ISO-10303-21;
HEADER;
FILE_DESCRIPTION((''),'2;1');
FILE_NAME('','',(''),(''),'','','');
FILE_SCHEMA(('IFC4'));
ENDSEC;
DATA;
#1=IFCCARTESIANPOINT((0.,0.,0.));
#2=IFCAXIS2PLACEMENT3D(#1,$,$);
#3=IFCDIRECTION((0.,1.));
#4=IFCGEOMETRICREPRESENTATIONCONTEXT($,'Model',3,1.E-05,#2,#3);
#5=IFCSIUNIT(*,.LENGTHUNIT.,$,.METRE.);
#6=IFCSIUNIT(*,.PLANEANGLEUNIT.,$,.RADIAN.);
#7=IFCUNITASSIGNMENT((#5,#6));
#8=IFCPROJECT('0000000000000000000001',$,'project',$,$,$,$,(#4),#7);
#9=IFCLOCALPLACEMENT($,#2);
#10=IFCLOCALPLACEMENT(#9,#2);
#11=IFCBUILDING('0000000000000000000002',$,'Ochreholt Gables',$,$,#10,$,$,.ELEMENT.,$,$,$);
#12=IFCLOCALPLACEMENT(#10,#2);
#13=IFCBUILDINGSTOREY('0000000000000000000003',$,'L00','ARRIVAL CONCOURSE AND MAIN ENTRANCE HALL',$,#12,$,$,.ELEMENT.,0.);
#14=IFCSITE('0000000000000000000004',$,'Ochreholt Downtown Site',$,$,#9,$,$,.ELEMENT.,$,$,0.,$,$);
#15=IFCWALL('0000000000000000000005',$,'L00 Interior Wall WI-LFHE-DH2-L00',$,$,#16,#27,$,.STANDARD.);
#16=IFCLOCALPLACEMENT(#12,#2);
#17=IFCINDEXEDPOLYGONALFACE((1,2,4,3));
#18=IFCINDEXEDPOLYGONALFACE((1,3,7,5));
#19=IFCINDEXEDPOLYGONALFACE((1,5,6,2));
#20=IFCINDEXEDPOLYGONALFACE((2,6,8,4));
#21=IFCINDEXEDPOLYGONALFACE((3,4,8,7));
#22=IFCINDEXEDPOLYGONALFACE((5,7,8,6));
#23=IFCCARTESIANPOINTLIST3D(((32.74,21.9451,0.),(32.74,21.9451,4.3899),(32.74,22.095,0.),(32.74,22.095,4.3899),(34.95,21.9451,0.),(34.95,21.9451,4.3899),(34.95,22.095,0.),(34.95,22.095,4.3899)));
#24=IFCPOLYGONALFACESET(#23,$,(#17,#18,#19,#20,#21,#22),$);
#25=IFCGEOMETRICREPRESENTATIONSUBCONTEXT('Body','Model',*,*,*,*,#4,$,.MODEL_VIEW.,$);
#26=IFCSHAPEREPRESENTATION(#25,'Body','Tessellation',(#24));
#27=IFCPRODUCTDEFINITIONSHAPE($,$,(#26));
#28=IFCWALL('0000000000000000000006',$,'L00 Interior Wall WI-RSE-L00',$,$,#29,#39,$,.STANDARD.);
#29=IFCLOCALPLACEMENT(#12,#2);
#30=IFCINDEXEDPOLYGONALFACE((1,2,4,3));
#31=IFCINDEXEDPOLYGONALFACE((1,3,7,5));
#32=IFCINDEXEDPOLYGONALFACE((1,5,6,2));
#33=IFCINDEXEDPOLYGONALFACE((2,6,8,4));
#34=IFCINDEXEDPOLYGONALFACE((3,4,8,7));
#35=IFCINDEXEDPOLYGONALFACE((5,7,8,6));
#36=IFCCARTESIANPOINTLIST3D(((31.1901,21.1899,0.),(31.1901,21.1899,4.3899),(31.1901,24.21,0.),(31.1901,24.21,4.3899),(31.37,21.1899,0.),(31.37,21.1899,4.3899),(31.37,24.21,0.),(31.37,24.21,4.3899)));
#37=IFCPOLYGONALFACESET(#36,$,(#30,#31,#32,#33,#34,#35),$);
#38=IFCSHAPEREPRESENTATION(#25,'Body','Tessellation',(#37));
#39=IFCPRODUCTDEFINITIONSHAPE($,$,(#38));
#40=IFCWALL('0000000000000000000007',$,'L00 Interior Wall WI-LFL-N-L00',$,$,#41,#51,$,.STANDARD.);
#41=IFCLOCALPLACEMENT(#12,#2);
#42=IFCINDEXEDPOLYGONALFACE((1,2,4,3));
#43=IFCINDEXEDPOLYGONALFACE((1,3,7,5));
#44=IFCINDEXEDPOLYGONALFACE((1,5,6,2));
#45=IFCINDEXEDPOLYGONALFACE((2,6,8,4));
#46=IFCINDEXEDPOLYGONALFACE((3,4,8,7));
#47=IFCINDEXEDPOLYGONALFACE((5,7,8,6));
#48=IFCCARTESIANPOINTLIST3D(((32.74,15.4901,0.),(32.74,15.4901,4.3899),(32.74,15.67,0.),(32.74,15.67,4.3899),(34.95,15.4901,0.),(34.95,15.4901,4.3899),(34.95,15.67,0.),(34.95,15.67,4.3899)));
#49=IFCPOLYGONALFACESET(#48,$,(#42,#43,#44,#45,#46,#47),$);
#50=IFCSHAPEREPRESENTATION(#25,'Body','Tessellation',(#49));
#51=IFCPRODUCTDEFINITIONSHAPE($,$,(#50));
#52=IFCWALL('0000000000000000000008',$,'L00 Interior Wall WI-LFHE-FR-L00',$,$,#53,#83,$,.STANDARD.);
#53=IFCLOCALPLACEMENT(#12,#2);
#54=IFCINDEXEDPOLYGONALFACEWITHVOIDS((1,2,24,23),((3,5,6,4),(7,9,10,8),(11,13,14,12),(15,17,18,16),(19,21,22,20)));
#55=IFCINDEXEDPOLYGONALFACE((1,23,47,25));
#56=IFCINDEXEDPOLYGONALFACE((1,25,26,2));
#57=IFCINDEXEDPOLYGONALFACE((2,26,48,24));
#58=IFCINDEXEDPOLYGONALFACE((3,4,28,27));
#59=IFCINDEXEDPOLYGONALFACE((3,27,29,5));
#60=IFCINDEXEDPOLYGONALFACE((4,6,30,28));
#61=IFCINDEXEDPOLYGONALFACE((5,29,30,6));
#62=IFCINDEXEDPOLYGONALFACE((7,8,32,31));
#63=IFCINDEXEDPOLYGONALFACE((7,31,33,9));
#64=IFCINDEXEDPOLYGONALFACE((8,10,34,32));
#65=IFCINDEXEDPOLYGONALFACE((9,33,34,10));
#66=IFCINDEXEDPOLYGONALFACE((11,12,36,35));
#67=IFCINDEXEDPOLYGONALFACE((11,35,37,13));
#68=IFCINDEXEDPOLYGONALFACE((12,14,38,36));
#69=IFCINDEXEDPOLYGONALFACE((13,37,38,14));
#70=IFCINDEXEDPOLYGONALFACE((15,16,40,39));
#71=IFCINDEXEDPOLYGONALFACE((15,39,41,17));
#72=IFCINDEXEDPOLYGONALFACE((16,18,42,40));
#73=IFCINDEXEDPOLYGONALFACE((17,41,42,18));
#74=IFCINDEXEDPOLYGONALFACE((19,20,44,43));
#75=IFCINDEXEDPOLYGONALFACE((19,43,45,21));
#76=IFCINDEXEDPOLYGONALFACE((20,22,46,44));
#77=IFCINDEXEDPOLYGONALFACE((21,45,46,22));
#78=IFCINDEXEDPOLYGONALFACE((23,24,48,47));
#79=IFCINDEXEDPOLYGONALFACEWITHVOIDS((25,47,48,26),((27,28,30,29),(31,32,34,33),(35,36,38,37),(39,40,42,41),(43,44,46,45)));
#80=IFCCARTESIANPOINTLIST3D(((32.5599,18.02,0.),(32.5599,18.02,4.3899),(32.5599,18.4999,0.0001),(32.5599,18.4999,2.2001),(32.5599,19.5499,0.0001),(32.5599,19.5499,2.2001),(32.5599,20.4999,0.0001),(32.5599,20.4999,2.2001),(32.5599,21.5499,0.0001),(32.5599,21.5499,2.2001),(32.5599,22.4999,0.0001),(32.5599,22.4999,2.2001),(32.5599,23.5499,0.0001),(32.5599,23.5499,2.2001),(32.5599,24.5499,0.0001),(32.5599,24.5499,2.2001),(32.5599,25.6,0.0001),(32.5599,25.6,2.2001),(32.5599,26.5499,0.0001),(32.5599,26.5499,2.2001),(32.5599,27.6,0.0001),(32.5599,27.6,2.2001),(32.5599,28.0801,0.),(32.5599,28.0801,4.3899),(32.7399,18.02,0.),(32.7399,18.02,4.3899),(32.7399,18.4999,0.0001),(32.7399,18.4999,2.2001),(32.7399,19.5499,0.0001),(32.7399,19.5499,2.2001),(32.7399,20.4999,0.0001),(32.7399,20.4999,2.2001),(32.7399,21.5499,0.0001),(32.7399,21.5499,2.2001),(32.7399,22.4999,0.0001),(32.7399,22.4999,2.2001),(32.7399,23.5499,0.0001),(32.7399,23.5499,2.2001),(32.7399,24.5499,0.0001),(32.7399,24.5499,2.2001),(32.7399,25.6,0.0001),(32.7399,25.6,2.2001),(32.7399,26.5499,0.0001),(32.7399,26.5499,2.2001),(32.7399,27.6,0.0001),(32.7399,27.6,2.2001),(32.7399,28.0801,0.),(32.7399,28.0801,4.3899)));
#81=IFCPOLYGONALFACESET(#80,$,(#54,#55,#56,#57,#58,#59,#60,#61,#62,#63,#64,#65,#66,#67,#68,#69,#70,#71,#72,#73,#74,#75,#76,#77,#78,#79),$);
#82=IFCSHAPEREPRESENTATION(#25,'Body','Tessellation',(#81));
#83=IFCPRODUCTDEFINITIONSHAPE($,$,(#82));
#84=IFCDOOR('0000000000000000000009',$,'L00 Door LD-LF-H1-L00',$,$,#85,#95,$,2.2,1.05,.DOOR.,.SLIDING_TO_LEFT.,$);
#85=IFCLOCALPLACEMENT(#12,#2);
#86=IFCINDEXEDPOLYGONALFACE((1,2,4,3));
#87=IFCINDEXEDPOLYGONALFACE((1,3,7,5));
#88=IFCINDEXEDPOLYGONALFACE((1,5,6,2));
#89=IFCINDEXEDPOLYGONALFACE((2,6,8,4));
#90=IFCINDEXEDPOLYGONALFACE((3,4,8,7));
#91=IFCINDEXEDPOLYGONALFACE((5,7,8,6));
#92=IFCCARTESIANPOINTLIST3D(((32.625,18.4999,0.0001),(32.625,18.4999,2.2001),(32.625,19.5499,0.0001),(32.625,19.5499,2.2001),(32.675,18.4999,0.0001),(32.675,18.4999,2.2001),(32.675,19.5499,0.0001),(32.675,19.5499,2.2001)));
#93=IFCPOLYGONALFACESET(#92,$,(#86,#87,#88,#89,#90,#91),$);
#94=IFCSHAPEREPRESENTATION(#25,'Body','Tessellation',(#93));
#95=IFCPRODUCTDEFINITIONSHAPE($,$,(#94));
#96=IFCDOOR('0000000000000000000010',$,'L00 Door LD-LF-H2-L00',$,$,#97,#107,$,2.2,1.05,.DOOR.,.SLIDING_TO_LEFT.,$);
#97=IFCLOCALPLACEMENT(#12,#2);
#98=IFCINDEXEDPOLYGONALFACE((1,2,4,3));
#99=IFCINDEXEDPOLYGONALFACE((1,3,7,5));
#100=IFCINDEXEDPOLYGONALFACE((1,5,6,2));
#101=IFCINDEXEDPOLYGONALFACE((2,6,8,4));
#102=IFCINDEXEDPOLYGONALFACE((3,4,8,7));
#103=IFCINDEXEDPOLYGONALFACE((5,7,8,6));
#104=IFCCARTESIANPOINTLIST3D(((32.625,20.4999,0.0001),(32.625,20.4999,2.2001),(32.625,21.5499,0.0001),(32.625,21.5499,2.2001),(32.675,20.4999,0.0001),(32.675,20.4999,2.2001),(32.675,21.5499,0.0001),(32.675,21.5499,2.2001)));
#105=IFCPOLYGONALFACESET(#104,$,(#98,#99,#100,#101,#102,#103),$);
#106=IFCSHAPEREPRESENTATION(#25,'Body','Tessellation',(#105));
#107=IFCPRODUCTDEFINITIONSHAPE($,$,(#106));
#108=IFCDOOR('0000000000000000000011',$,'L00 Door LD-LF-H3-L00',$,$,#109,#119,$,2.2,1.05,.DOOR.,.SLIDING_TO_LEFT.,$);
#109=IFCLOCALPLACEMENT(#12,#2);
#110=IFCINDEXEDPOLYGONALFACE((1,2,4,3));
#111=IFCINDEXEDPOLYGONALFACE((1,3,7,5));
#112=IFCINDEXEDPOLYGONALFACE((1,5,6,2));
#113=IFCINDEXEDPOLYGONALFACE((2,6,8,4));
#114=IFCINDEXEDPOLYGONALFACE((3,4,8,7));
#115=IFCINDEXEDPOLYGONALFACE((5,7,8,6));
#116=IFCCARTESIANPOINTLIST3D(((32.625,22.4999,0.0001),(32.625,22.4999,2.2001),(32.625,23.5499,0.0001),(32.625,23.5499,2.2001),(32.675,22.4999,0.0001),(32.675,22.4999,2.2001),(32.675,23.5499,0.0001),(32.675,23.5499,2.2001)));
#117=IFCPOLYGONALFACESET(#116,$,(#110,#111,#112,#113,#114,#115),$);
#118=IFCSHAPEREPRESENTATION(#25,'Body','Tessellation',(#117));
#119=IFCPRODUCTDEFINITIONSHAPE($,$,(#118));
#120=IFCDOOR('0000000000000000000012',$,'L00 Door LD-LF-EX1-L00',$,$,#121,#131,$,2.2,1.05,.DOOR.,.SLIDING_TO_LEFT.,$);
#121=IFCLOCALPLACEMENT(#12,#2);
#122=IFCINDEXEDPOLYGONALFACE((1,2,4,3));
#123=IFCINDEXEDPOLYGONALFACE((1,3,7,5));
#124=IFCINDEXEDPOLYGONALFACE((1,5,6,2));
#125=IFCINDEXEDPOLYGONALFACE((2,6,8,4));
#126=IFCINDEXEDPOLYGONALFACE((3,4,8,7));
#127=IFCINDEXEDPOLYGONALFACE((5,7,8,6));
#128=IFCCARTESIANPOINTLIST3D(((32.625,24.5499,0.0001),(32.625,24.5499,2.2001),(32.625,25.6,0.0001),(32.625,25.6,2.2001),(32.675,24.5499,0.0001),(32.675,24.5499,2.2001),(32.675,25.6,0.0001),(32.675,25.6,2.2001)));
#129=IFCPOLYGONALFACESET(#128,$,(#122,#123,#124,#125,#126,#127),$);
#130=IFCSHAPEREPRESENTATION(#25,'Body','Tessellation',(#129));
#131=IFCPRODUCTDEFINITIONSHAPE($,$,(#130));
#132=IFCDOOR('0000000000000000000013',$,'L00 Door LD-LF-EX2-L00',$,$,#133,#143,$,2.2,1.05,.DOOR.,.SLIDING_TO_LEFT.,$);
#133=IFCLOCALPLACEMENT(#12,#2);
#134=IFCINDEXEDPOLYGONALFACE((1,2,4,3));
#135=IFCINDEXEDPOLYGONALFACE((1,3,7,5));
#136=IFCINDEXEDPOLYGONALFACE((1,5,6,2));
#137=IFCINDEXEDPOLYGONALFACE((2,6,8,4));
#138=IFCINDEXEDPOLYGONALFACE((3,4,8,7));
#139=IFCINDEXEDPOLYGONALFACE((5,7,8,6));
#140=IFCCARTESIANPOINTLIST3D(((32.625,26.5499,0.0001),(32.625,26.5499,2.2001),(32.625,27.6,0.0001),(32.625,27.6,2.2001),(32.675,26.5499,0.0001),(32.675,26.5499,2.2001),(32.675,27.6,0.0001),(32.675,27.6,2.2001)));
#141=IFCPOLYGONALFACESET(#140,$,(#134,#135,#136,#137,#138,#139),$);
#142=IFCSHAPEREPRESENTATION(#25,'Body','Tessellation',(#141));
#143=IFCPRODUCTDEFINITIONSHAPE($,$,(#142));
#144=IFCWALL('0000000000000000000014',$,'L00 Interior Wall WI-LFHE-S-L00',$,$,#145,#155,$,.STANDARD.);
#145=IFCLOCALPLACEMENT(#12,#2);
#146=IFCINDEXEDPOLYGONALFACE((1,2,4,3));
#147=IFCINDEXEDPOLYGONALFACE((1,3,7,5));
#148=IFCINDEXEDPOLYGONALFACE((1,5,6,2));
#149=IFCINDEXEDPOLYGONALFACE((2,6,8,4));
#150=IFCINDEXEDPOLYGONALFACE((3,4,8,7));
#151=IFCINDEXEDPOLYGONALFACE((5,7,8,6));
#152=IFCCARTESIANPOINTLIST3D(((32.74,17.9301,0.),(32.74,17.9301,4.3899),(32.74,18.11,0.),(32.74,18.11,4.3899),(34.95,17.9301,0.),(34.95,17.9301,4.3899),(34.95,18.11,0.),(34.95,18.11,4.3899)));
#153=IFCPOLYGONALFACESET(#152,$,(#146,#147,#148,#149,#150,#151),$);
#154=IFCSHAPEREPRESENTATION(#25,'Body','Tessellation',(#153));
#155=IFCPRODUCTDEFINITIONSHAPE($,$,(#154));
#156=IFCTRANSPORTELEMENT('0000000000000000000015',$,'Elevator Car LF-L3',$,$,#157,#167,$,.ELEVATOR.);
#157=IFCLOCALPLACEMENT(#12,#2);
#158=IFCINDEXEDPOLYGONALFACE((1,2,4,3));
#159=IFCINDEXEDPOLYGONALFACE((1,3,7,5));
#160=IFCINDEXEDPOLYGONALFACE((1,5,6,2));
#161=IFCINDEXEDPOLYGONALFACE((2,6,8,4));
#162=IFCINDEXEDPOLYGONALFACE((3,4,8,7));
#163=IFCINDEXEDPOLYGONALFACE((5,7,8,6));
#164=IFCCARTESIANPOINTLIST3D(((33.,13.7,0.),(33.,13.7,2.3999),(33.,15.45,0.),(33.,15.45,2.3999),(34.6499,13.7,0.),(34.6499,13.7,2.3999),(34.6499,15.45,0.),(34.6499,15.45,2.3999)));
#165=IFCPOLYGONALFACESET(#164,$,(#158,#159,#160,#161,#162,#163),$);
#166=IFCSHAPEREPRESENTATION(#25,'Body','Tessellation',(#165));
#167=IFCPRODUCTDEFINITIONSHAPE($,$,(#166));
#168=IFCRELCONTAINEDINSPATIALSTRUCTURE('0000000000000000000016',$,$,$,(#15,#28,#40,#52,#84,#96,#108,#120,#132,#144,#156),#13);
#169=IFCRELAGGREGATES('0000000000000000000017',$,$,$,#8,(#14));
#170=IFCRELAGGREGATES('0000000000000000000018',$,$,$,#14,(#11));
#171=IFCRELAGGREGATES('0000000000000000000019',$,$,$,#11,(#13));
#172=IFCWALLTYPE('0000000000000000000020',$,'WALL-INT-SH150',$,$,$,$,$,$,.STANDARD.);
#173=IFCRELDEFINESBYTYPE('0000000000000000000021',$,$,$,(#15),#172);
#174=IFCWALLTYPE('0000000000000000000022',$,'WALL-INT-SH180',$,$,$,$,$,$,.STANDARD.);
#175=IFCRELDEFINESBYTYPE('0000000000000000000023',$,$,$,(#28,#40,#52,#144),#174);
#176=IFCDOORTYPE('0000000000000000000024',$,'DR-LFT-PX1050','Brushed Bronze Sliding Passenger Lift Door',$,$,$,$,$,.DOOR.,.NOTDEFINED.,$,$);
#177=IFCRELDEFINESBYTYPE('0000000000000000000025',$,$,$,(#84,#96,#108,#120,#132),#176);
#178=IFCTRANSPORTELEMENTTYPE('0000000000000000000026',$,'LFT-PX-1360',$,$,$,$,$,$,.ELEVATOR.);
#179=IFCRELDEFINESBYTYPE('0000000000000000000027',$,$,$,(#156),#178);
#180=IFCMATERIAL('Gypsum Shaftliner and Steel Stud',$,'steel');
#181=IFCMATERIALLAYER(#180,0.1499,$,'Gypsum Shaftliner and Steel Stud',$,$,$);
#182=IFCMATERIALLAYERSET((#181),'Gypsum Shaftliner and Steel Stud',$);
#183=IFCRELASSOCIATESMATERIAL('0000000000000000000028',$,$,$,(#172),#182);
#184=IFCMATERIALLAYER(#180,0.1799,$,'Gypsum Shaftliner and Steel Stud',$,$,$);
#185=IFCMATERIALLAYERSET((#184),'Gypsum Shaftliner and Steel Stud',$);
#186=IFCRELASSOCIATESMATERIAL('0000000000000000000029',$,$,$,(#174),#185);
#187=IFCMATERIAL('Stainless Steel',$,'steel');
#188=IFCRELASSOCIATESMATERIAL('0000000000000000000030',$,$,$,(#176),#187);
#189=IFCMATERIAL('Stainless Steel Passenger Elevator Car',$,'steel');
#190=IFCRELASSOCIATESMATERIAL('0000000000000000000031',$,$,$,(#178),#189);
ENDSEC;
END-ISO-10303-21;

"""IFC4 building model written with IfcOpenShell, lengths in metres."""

from ifc_helpers import new_model, si_unit, direction, frame, frame_2d, origin, origin_2d, place, context, subcontext, project, spatial, rectangle, extrude, material, layer, layer_set, type_object, element, fill, save


model = new_model("IFC4")

# Units and contexts
model_context = context("Model", 3, precision=1e-05, world=origin(), true_north=direction((0.0, 1.0)))
body_context = subcontext(model_context, "Body", "Model", "MODEL_VIEW")
ifc_project = project(units=[si_unit("LENGTHUNIT", "METRE"), si_unit("PLANEANGLEUNIT", "RADIAN")], contexts=[model_context])

# Site, building, storey
site_placement = place(None, origin())
site = spatial("IfcSite", under=ifc_project, at=site_placement, Name="Ochreholt Downtown Site", CompositionType="ELEMENT", RefElevation=0.0)
building_placement = place(site_placement, origin())
building = spatial("IfcBuilding", under=site, at=building_placement, Name="Ochreholt Gables", CompositionType="ELEMENT")
storey_placement = place(building_placement, origin())
storey = spatial("IfcBuildingStorey", under=building, at=storey_placement, Name="L00", Description="ARRIVAL CONCOURSE AND MAIN ENTRANCE HALL", CompositionType="ELEMENT", Elevation=0.0)

# Walls
ifc_material_1 = material(Name="Gypsum Shaftliner and Steel Stud", Category="steel")
ifc_layer_1 = layer(ifc_material_1, 0.1499, Name="Gypsum Shaftliner and Steel Stud")
ifc_layer_set_1 = layer_set([ifc_layer_1], Name="Gypsum Shaftliner and Steel Stud")
wall_type_1 = type_object("IfcWallType", Name="WALL-INT-SH150", PredefinedType="STANDARD", material=ifc_layer_set_1)
for number, where, z_axis, x_axis, name in (
    (1, (32.74, 22.02, 0.0), (0.0, 0.0, 1.0), (1.0, 0.0, 0.0), "L00 Interior Wall WI-LFHE-DH2-L00"),
):
    element("IfcWall", number, at=place(storey_placement, frame(where, z_axis=z_axis, x_axis=x_axis)), inside=storey, type_object=wall_type_1, Name=name, PredefinedType="STANDARD", context=body_context, shape_type="SweptSolid", body=[
        extrude(rectangle(XDim=2.21, YDim=0.1499, at=frame_2d((1.105, 0.0))), origin(), (0.0, 0.0, 1.0), 4.3899),
    ])
ifc_layer_2 = layer(ifc_material_1, 0.1799, Name="Gypsum Shaftliner and Steel Stud")
ifc_layer_set_2 = layer_set([ifc_layer_2], Name="Gypsum Shaftliner and Steel Stud")
wall_type_2 = type_object("IfcWallType", Name="WALL-INT-SH180", PredefinedType="STANDARD", material=ifc_layer_set_2)
wall_1_placement = place(storey_placement, frame((31.28, 21.1899, 0.0), z_axis=(0.0, 0.0, 1.0), x_axis=(0.0, 1.0, 0.0)))
element("IfcWall", 2, at=wall_1_placement, inside=storey, type_object=wall_type_2, Name="L00 Interior Wall WI-RSE-L00", PredefinedType="STANDARD", context=body_context, shape_type="SweptSolid", body=[
    extrude(rectangle(XDim=3.02, YDim=0.1799, at=frame_2d((1.51, 0.0))), origin(), (0.0, 0.0, 1.0), 4.3899),
])
wall_2_placement = place(storey_placement, frame((32.74, 15.5801, 0.0), z_axis=(0.0, 0.0, 1.0), x_axis=(1.0, 0.0, 0.0)))
element("IfcWall", 3, at=wall_2_placement, inside=storey, type_object=wall_type_2, Name="L00 Interior Wall WI-LFL-N-L00", PredefinedType="STANDARD", context=body_context, shape_type="SweptSolid", body=[
    extrude(rectangle(XDim=2.21, YDim=0.1799, at=frame_2d((1.105, 0.0))), origin(), (0.0, 0.0, 1.0), 4.3899),
])

# Wall, openings, doors
wall_3_placement = place(storey_placement, frame((32.6499, 18.02, 0.0), z_axis=(0.0, 0.0, 1.0), x_axis=(0.0, 1.0, 0.0)))
wall_3 = element("IfcWall", 4, at=wall_3_placement, inside=storey, type_object=wall_type_2, Name="L00 Interior Wall WI-LFHE-FR-L00", PredefinedType="STANDARD", context=body_context, shape_type="SweptSolid", body=[
    extrude(rectangle(XDim=10.0601, YDim=0.1799, at=frame_2d((5.03, 0.0))), origin(), (0.0, 0.0, 1.0), 4.3899),
])
opening_1_placement = place(wall_3_placement, frame((0.48, 0.0, 0.0)))
opening_1 = element("IfcOpeningElement", 5, at=opening_1_placement, cuts=wall_3, PredefinedType="OPENING", context=body_context, shape_type="SweptSolid", body=[
    extrude(rectangle(XDim=1.05, YDim=2.2, at=frame_2d((0.5249, 1.1001))), frame((0.0, 0.0999, 0.0), z_axis=(0.0, -1.0, 0.0), x_axis=(1.0, 0.0, 0.0)), (0.0, 0.0, 1.0), 0.2),
])
opening_2_placement = place(wall_3_placement, frame((2.48, 0.0, 0.0)))
opening_2 = element("IfcOpeningElement", 6, at=opening_2_placement, cuts=wall_3, PredefinedType="OPENING", context=body_context, shape_type="SweptSolid", body=[
    extrude(rectangle(XDim=1.05, YDim=2.2, at=frame_2d((0.5249, 1.1001))), frame((0.0, 0.0999, 0.0), z_axis=(0.0, -1.0, 0.0), x_axis=(1.0, 0.0, 0.0)), (0.0, 0.0, 1.0), 0.2),
])
opening_3_placement = place(wall_3_placement, frame((4.48, 0.0, 0.0)))
opening_3 = element("IfcOpeningElement", 7, at=opening_3_placement, cuts=wall_3, PredefinedType="OPENING", context=body_context, shape_type="SweptSolid", body=[
    extrude(rectangle(XDim=1.05, YDim=2.2, at=frame_2d((0.5249, 1.1001))), frame((0.0, 0.0999, 0.0), z_axis=(0.0, -1.0, 0.0), x_axis=(1.0, 0.0, 0.0)), (0.0, 0.0, 1.0), 0.2),
])
opening_4_placement = place(wall_3_placement, frame((6.53, 0.0, 0.0)))
opening_4 = element("IfcOpeningElement", 8, at=opening_4_placement, cuts=wall_3, PredefinedType="OPENING", context=body_context, shape_type="SweptSolid", body=[
    extrude(rectangle(XDim=1.05, YDim=2.2, at=frame_2d((0.5249, 1.1001))), frame((0.0, 0.0999, 0.0), z_axis=(0.0, -1.0, 0.0), x_axis=(1.0, 0.0, 0.0)), (0.0, 0.0, 1.0), 0.2),
])
opening_5_placement = place(wall_3_placement, frame((8.53, 0.0, 0.0)))
opening_5 = element("IfcOpeningElement", 9, at=opening_5_placement, cuts=wall_3, PredefinedType="OPENING", context=body_context, shape_type="SweptSolid", body=[
    extrude(rectangle(XDim=1.05, YDim=2.2, at=frame_2d((0.5249, 1.1001))), frame((0.0, 0.0999, 0.0), z_axis=(0.0, -1.0, 0.0), x_axis=(1.0, 0.0, 0.0)), (0.0, 0.0, 1.0), 0.2),
])
ifc_material_2 = material(Name="Stainless Steel", Category="steel")
door_type_1 = type_object("IfcDoorType", Name="DR-LFT-PX1050", Description="Brushed Bronze Sliding Passenger Lift Door", OperationType="NOTDEFINED", PredefinedType="DOOR", material=ifc_material_2)
door_1_placement = place(opening_1_placement, origin())
door_1 = element("IfcDoor", 10, at=door_1_placement, inside=storey, type_object=door_type_1, Name="L00 Door LD-LF-H1-L00", OperationType="SLIDING_TO_LEFT", OverallHeight=2.2, OverallWidth=1.05, PredefinedType="DOOR", context=body_context, shape_type="SweptSolid", body=[
    extrude(rectangle(XDim=1.05, YDim=2.2, at=frame_2d((0.5249, 1.1001))), frame((0.0, 0.0249, 0.0), z_axis=(0.0, -1.0, 0.0), x_axis=(1.0, 0.0, 0.0)), (0.0, 0.0, 1.0), 0.05),
])
fill(opening_1, door_1)
door_2_placement = place(opening_2_placement, origin())
door_2 = element("IfcDoor", 11, at=door_2_placement, inside=storey, type_object=door_type_1, Name="L00 Door LD-LF-H2-L00", OperationType="SLIDING_TO_LEFT", OverallHeight=2.2, OverallWidth=1.05, PredefinedType="DOOR", context=body_context, shape_type="SweptSolid", body=[
    extrude(rectangle(XDim=1.05, YDim=2.2, at=frame_2d((0.5249, 1.1001))), frame((0.0, 0.0249, 0.0), z_axis=(0.0, -1.0, 0.0), x_axis=(1.0, 0.0, 0.0)), (0.0, 0.0, 1.0), 0.05),
])
fill(opening_2, door_2)
door_3_placement = place(opening_3_placement, origin())
door_3 = element("IfcDoor", 12, at=door_3_placement, inside=storey, type_object=door_type_1, Name="L00 Door LD-LF-H3-L00", OperationType="SLIDING_TO_LEFT", OverallHeight=2.2, OverallWidth=1.05, PredefinedType="DOOR", context=body_context, shape_type="SweptSolid", body=[
    extrude(rectangle(XDim=1.05, YDim=2.2, at=frame_2d((0.5249, 1.1001))), frame((0.0, 0.0249, 0.0), z_axis=(0.0, -1.0, 0.0), x_axis=(1.0, 0.0, 0.0)), (0.0, 0.0, 1.0), 0.05),
])
fill(opening_3, door_3)
door_4_placement = place(opening_4_placement, origin())
door_4 = element("IfcDoor", 13, at=door_4_placement, inside=storey, type_object=door_type_1, Name="L00 Door LD-LF-EX1-L00", OperationType="SLIDING_TO_LEFT", OverallHeight=2.2, OverallWidth=1.05, PredefinedType="DOOR", context=body_context, shape_type="SweptSolid", body=[
    extrude(rectangle(XDim=1.05, YDim=2.2, at=frame_2d((0.5249, 1.1001))), frame((0.0, 0.0249, 0.0), z_axis=(0.0, -1.0, 0.0), x_axis=(1.0, 0.0, 0.0)), (0.0, 0.0, 1.0), 0.05),
])
fill(opening_4, door_4)
door_5_placement = place(opening_5_placement, origin())
door_5 = element("IfcDoor", 14, at=door_5_placement, inside=storey, type_object=door_type_1, Name="L00 Door LD-LF-EX2-L00", OperationType="SLIDING_TO_LEFT", OverallHeight=2.2, OverallWidth=1.05, PredefinedType="DOOR", context=body_context, shape_type="SweptSolid", body=[
    extrude(rectangle(XDim=1.05, YDim=2.2, at=frame_2d((0.5249, 1.1001))), frame((0.0, 0.0249, 0.0), z_axis=(0.0, -1.0, 0.0), x_axis=(1.0, 0.0, 0.0)), (0.0, 0.0, 1.0), 0.05),
])
fill(opening_5, door_5)

# Wall
wall_4_placement = place(storey_placement, frame((32.74, 18.02, 0.0), z_axis=(0.0, 0.0, 1.0), x_axis=(1.0, 0.0, 0.0)))
element("IfcWall", 15, at=wall_4_placement, inside=storey, type_object=wall_type_2, Name="L00 Interior Wall WI-LFHE-S-L00", PredefinedType="STANDARD", context=body_context, shape_type="SweptSolid", body=[
    extrude(rectangle(XDim=2.21, YDim=0.1799, at=frame_2d((1.105, 0.0))), origin(), (0.0, 0.0, 1.0), 4.3899),
])

# Transport element
ifc_material_3 = material(Name="Stainless Steel Passenger Elevator Car", Category="steel")
transport_element_type = type_object("IfcTransportElementType", Name="LFT-PX-1360", PredefinedType="ELEVATOR", material=ifc_material_3)
for number, where, z_axis, x_axis, name in (
    (16, (33.825, 14.575, 0.0), (0.0, 0.0, 1.0), (1.0, 0.0, 0.0), "Elevator Car LF-L3"),
):
    element("IfcTransportElement", number, at=place(storey_placement, frame(where, z_axis=z_axis, x_axis=x_axis)), inside=storey, type_object=transport_element_type, Name=name, PredefinedType="ELEVATOR", context=body_context, shape_type="SweptSolid", body=[
        extrude(rectangle(XDim=1.6499, YDim=1.75, at=origin_2d()), origin(), (0.0, 0.0, 1.0), 2.3999),
    ])

save(model, "model.ifc")
